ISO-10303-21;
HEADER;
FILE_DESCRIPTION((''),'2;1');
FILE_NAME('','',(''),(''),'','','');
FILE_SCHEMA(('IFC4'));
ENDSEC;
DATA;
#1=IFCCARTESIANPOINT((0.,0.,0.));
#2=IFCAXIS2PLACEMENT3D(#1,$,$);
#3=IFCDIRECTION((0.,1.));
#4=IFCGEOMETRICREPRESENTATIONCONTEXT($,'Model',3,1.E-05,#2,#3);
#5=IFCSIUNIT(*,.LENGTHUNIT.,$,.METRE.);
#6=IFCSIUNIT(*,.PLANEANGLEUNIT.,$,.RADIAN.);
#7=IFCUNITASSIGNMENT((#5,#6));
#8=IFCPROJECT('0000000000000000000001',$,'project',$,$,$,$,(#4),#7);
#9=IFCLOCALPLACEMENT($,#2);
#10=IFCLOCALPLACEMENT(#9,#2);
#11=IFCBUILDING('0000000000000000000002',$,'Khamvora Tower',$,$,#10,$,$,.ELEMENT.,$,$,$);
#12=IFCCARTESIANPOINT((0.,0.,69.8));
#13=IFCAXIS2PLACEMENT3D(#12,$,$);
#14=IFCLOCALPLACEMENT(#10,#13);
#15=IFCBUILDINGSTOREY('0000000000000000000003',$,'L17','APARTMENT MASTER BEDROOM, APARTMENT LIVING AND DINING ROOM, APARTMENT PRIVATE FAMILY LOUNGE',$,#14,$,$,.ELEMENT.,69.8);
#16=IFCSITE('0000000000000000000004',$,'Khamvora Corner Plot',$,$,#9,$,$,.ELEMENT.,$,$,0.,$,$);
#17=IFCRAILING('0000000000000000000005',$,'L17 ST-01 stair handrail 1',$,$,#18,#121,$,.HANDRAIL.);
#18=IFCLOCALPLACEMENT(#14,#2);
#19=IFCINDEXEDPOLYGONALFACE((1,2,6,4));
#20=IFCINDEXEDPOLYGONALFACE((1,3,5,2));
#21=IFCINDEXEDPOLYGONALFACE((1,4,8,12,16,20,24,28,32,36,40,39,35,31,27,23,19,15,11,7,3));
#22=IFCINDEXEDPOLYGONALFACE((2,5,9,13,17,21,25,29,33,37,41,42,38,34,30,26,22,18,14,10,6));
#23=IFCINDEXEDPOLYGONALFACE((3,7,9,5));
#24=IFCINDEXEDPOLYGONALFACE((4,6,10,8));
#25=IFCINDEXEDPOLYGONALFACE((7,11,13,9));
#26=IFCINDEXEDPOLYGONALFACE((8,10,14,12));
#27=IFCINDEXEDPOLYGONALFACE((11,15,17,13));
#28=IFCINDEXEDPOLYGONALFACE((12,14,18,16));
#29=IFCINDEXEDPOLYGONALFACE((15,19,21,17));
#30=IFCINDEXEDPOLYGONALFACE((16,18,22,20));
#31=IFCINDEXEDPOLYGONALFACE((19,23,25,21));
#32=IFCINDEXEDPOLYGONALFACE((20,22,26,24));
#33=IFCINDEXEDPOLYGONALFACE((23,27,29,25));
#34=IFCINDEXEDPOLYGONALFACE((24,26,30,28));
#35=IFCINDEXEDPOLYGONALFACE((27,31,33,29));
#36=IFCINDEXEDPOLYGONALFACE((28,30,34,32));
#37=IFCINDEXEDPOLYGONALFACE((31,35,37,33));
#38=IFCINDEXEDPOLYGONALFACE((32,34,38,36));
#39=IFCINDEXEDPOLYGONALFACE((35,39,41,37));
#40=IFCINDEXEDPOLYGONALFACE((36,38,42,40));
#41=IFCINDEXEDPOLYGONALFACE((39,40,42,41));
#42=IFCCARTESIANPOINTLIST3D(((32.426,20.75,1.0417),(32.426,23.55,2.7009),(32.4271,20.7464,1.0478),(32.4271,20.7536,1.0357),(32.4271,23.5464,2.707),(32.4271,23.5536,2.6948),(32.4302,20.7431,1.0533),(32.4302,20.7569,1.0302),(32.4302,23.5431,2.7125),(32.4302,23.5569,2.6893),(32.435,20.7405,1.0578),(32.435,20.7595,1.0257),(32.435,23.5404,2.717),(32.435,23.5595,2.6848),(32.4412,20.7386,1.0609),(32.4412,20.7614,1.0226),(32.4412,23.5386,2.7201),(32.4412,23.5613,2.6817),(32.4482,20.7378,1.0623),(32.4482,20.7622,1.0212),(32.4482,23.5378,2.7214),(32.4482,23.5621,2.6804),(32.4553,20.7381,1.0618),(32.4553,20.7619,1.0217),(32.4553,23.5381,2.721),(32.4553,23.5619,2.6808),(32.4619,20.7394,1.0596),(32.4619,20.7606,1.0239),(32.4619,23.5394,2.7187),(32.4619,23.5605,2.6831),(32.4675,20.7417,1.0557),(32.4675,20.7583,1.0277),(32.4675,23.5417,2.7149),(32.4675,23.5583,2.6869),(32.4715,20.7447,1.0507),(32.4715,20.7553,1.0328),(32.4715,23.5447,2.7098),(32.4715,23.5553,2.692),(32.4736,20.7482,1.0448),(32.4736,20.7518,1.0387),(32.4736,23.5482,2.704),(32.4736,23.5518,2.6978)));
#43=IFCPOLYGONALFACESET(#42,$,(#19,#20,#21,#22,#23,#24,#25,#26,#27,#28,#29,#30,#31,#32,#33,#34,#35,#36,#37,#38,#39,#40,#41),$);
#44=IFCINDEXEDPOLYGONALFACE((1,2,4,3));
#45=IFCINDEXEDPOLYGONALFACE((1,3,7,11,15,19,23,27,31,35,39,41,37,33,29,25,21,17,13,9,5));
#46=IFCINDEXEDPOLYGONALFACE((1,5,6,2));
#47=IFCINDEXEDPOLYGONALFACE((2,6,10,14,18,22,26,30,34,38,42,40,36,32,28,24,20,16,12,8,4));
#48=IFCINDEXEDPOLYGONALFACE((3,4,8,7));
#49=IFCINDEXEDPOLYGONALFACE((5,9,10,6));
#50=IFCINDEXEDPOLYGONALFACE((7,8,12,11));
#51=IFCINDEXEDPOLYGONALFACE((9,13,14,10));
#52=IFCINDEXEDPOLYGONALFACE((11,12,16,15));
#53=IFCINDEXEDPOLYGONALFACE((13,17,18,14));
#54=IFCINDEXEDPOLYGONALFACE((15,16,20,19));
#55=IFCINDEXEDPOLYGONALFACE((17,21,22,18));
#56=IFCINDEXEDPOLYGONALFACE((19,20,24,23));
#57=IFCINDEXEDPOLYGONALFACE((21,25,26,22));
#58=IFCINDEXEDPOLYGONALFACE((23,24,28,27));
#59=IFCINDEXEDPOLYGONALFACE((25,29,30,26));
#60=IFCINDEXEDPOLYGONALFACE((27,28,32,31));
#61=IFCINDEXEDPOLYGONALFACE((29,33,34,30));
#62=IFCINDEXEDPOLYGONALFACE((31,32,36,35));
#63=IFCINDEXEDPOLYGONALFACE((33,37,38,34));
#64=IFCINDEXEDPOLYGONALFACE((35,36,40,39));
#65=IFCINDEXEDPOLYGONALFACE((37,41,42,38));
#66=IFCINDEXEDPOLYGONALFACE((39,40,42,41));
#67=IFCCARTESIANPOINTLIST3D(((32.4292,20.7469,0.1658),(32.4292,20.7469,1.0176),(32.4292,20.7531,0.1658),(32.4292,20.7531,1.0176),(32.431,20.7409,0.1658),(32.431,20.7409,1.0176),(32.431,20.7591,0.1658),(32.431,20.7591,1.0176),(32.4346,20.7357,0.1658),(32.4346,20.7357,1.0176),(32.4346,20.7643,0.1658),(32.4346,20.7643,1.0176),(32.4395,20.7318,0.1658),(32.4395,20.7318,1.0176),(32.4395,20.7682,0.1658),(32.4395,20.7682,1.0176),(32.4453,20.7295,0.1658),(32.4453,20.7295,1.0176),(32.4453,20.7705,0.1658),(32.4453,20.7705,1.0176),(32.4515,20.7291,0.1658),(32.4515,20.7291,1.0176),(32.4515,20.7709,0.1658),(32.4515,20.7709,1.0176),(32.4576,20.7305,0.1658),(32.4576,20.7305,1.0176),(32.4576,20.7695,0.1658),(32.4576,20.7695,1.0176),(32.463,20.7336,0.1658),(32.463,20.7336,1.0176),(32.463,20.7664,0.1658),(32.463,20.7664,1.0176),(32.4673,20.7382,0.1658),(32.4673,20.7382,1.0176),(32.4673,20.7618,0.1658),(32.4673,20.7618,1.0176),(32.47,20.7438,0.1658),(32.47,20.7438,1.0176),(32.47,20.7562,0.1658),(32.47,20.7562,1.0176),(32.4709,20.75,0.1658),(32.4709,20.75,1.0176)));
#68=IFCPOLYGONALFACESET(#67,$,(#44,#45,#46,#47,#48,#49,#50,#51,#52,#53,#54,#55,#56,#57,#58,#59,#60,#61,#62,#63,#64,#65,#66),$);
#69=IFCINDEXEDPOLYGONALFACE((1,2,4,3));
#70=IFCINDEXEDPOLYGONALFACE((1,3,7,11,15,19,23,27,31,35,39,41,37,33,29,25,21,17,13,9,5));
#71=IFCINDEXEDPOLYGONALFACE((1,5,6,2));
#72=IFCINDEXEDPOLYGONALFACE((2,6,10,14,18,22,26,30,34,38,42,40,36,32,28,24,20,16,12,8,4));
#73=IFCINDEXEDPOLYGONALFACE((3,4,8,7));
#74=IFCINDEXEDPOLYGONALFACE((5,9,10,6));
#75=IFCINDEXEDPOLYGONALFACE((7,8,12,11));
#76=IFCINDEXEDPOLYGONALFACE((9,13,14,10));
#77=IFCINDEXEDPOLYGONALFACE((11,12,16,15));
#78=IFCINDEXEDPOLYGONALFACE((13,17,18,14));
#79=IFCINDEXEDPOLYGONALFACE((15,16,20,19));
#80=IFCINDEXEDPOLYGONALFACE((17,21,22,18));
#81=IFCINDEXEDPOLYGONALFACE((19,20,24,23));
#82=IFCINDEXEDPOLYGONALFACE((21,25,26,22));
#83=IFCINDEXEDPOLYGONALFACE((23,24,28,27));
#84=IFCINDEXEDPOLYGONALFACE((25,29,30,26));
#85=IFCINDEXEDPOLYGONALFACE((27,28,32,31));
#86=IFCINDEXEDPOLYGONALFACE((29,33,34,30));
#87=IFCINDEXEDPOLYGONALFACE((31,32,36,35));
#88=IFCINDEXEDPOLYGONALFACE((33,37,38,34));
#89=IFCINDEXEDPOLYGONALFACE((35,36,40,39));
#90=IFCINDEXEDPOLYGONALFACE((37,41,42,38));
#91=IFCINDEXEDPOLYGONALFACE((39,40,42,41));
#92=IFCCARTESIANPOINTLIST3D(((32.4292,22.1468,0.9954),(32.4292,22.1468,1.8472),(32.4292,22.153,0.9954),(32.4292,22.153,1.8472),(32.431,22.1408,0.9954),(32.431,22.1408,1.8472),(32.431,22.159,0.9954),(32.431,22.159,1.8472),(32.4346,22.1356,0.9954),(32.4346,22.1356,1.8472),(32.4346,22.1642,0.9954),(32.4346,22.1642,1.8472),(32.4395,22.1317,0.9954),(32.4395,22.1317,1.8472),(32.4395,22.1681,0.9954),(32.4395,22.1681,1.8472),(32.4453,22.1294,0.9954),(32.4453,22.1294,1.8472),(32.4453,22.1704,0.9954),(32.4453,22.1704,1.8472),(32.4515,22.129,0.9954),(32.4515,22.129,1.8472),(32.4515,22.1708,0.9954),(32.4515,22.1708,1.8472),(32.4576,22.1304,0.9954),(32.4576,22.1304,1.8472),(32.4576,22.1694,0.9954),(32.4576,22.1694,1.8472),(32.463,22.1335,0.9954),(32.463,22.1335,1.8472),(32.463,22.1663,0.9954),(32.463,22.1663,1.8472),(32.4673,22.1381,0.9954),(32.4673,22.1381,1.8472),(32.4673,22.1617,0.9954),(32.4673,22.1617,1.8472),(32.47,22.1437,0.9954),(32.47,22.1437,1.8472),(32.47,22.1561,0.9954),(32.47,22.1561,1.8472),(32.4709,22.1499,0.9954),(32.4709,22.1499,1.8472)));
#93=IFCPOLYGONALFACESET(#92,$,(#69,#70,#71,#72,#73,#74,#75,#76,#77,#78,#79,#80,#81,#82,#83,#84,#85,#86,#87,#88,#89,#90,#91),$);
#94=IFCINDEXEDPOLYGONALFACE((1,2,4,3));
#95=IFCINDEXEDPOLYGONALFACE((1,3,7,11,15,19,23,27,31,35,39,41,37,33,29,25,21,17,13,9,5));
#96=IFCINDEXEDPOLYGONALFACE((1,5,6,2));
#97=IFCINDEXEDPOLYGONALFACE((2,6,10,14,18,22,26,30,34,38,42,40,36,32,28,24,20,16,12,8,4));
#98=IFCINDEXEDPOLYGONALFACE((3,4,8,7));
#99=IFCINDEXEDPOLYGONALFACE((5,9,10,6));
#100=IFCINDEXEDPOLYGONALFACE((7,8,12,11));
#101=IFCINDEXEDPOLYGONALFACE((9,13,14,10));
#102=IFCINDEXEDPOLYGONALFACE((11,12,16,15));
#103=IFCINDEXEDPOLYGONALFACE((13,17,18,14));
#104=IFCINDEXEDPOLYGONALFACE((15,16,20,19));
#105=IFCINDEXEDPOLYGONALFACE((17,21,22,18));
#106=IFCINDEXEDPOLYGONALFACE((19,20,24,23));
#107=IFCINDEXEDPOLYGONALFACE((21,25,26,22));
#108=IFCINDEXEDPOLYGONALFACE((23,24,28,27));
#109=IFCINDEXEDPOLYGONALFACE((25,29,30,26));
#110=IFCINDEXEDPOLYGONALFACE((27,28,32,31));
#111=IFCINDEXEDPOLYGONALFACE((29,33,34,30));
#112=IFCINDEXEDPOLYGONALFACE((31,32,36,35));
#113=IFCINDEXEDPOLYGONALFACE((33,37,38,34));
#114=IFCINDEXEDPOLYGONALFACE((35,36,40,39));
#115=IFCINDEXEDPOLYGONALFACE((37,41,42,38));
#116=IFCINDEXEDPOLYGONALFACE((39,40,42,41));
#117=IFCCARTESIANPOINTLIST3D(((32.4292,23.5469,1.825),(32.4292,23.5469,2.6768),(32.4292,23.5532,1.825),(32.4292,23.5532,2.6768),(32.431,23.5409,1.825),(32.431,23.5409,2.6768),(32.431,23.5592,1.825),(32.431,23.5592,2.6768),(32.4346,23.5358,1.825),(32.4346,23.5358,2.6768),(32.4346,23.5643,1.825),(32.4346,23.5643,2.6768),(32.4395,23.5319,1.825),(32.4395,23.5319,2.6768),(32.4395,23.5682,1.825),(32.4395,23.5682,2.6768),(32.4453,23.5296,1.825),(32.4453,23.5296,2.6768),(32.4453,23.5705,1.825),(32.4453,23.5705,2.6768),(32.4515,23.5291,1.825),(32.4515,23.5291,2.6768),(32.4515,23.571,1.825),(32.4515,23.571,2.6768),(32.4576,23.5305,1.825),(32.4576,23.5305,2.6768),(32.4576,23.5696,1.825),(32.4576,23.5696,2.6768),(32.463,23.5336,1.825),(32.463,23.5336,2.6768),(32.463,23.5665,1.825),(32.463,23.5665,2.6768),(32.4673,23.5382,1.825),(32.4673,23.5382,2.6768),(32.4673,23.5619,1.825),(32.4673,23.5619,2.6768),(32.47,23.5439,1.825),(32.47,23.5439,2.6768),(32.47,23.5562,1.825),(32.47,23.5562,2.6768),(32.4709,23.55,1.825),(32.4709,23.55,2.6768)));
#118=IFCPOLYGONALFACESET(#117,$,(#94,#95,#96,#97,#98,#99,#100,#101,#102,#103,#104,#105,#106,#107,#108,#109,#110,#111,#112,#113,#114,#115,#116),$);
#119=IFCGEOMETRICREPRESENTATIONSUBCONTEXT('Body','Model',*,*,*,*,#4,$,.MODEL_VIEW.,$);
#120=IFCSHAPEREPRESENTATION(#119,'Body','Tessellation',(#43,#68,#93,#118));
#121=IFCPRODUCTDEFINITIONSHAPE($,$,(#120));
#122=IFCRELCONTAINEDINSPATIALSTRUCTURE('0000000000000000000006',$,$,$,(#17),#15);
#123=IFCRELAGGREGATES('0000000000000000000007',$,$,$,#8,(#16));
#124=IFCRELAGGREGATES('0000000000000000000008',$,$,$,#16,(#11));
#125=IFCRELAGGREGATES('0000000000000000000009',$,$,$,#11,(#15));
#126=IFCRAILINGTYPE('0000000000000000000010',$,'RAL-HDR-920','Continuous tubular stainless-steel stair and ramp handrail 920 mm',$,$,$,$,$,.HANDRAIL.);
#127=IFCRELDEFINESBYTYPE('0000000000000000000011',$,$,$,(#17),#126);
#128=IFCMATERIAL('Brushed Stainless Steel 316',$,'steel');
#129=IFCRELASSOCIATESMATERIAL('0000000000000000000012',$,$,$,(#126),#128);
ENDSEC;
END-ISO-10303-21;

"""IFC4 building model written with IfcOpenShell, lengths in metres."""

from ifc_helpers import new_model, si_unit, direction, frame, origin, origin_2d, place, context, subcontext, project, spatial, circle, extrude, material, type_object, element, save


model = new_model("IFC4")

# Units and contexts
model_context = context("Model", 3, precision=1e-05, world=origin(), true_north=direction((0.0, 1.0)))
body_context = subcontext(model_context, "Body", "Model", "MODEL_VIEW")
ifc_project = project(units=[si_unit("LENGTHUNIT", "METRE"), si_unit("PLANEANGLEUNIT", "RADIAN")], contexts=[model_context])

# Site, building, storey
site_placement = place(None, origin())
site = spatial("IfcSite", under=ifc_project, at=site_placement, Name="Khamvora Corner Plot", CompositionType="ELEMENT", RefElevation=0.0)
building_placement = place(site_placement, origin())
building = spatial("IfcBuilding", under=site, at=building_placement, Name="Khamvora Tower", CompositionType="ELEMENT")
storey_placement = place(building_placement, frame((0.0, 0.0, 69.8)))
storey = spatial("IfcBuildingStorey", under=building, at=storey_placement, Name="L17", Description="APARTMENT MASTER BEDROOM, APARTMENT LIVING AND DINING ROOM, APARTMENT PRIVATE FAMILY LOUNGE", CompositionType="ELEMENT", Elevation=69.8)

# Railing
ifc_material_1 = material(Name="Brushed Stainless Steel 316", Category="steel")
railing_type_1 = type_object("IfcRailingType", Name="RAL-HDR-920", Description="Continuous tubular stainless-steel stair and ramp handrail 920 mm", PredefinedType="HANDRAIL", material=ifc_material_1)
railing_1_placement = place(storey_placement, frame((32.45, 20.75, 0.1658)))
element("IfcRailing", 1, at=railing_1_placement, inside=storey, type_object=railing_type_1, Name="L17 ST-01 stair handrail 1", PredefinedType="HANDRAIL", context=body_context, shape_type="SweptSolid", body=[
    extrude(circle(Radius=0.0239, at=origin_2d()), frame((0.0, 0.0, 0.876), z_axis=(0.0, 0.860306, 0.509778), x_axis=(-1.0, 0.0, 0.0)), (0.0, 0.0, 1.0), 3.2546),
    extrude(circle(Radius=0.021, at=origin_2d()), origin(), (0.0, 0.0, 1.0), 0.8518),
    extrude(circle(Radius=0.021, at=origin_2d()), frame((0.0, 1.3999, 0.8296)), (0.0, 0.0, 1.0), 0.8518),
    extrude(circle(Radius=0.021, at=origin_2d()), frame((0.0, 2.8, 1.6592)), (0.0, 0.0, 1.0), 0.8518),
])

save(model, "model.ifc")
